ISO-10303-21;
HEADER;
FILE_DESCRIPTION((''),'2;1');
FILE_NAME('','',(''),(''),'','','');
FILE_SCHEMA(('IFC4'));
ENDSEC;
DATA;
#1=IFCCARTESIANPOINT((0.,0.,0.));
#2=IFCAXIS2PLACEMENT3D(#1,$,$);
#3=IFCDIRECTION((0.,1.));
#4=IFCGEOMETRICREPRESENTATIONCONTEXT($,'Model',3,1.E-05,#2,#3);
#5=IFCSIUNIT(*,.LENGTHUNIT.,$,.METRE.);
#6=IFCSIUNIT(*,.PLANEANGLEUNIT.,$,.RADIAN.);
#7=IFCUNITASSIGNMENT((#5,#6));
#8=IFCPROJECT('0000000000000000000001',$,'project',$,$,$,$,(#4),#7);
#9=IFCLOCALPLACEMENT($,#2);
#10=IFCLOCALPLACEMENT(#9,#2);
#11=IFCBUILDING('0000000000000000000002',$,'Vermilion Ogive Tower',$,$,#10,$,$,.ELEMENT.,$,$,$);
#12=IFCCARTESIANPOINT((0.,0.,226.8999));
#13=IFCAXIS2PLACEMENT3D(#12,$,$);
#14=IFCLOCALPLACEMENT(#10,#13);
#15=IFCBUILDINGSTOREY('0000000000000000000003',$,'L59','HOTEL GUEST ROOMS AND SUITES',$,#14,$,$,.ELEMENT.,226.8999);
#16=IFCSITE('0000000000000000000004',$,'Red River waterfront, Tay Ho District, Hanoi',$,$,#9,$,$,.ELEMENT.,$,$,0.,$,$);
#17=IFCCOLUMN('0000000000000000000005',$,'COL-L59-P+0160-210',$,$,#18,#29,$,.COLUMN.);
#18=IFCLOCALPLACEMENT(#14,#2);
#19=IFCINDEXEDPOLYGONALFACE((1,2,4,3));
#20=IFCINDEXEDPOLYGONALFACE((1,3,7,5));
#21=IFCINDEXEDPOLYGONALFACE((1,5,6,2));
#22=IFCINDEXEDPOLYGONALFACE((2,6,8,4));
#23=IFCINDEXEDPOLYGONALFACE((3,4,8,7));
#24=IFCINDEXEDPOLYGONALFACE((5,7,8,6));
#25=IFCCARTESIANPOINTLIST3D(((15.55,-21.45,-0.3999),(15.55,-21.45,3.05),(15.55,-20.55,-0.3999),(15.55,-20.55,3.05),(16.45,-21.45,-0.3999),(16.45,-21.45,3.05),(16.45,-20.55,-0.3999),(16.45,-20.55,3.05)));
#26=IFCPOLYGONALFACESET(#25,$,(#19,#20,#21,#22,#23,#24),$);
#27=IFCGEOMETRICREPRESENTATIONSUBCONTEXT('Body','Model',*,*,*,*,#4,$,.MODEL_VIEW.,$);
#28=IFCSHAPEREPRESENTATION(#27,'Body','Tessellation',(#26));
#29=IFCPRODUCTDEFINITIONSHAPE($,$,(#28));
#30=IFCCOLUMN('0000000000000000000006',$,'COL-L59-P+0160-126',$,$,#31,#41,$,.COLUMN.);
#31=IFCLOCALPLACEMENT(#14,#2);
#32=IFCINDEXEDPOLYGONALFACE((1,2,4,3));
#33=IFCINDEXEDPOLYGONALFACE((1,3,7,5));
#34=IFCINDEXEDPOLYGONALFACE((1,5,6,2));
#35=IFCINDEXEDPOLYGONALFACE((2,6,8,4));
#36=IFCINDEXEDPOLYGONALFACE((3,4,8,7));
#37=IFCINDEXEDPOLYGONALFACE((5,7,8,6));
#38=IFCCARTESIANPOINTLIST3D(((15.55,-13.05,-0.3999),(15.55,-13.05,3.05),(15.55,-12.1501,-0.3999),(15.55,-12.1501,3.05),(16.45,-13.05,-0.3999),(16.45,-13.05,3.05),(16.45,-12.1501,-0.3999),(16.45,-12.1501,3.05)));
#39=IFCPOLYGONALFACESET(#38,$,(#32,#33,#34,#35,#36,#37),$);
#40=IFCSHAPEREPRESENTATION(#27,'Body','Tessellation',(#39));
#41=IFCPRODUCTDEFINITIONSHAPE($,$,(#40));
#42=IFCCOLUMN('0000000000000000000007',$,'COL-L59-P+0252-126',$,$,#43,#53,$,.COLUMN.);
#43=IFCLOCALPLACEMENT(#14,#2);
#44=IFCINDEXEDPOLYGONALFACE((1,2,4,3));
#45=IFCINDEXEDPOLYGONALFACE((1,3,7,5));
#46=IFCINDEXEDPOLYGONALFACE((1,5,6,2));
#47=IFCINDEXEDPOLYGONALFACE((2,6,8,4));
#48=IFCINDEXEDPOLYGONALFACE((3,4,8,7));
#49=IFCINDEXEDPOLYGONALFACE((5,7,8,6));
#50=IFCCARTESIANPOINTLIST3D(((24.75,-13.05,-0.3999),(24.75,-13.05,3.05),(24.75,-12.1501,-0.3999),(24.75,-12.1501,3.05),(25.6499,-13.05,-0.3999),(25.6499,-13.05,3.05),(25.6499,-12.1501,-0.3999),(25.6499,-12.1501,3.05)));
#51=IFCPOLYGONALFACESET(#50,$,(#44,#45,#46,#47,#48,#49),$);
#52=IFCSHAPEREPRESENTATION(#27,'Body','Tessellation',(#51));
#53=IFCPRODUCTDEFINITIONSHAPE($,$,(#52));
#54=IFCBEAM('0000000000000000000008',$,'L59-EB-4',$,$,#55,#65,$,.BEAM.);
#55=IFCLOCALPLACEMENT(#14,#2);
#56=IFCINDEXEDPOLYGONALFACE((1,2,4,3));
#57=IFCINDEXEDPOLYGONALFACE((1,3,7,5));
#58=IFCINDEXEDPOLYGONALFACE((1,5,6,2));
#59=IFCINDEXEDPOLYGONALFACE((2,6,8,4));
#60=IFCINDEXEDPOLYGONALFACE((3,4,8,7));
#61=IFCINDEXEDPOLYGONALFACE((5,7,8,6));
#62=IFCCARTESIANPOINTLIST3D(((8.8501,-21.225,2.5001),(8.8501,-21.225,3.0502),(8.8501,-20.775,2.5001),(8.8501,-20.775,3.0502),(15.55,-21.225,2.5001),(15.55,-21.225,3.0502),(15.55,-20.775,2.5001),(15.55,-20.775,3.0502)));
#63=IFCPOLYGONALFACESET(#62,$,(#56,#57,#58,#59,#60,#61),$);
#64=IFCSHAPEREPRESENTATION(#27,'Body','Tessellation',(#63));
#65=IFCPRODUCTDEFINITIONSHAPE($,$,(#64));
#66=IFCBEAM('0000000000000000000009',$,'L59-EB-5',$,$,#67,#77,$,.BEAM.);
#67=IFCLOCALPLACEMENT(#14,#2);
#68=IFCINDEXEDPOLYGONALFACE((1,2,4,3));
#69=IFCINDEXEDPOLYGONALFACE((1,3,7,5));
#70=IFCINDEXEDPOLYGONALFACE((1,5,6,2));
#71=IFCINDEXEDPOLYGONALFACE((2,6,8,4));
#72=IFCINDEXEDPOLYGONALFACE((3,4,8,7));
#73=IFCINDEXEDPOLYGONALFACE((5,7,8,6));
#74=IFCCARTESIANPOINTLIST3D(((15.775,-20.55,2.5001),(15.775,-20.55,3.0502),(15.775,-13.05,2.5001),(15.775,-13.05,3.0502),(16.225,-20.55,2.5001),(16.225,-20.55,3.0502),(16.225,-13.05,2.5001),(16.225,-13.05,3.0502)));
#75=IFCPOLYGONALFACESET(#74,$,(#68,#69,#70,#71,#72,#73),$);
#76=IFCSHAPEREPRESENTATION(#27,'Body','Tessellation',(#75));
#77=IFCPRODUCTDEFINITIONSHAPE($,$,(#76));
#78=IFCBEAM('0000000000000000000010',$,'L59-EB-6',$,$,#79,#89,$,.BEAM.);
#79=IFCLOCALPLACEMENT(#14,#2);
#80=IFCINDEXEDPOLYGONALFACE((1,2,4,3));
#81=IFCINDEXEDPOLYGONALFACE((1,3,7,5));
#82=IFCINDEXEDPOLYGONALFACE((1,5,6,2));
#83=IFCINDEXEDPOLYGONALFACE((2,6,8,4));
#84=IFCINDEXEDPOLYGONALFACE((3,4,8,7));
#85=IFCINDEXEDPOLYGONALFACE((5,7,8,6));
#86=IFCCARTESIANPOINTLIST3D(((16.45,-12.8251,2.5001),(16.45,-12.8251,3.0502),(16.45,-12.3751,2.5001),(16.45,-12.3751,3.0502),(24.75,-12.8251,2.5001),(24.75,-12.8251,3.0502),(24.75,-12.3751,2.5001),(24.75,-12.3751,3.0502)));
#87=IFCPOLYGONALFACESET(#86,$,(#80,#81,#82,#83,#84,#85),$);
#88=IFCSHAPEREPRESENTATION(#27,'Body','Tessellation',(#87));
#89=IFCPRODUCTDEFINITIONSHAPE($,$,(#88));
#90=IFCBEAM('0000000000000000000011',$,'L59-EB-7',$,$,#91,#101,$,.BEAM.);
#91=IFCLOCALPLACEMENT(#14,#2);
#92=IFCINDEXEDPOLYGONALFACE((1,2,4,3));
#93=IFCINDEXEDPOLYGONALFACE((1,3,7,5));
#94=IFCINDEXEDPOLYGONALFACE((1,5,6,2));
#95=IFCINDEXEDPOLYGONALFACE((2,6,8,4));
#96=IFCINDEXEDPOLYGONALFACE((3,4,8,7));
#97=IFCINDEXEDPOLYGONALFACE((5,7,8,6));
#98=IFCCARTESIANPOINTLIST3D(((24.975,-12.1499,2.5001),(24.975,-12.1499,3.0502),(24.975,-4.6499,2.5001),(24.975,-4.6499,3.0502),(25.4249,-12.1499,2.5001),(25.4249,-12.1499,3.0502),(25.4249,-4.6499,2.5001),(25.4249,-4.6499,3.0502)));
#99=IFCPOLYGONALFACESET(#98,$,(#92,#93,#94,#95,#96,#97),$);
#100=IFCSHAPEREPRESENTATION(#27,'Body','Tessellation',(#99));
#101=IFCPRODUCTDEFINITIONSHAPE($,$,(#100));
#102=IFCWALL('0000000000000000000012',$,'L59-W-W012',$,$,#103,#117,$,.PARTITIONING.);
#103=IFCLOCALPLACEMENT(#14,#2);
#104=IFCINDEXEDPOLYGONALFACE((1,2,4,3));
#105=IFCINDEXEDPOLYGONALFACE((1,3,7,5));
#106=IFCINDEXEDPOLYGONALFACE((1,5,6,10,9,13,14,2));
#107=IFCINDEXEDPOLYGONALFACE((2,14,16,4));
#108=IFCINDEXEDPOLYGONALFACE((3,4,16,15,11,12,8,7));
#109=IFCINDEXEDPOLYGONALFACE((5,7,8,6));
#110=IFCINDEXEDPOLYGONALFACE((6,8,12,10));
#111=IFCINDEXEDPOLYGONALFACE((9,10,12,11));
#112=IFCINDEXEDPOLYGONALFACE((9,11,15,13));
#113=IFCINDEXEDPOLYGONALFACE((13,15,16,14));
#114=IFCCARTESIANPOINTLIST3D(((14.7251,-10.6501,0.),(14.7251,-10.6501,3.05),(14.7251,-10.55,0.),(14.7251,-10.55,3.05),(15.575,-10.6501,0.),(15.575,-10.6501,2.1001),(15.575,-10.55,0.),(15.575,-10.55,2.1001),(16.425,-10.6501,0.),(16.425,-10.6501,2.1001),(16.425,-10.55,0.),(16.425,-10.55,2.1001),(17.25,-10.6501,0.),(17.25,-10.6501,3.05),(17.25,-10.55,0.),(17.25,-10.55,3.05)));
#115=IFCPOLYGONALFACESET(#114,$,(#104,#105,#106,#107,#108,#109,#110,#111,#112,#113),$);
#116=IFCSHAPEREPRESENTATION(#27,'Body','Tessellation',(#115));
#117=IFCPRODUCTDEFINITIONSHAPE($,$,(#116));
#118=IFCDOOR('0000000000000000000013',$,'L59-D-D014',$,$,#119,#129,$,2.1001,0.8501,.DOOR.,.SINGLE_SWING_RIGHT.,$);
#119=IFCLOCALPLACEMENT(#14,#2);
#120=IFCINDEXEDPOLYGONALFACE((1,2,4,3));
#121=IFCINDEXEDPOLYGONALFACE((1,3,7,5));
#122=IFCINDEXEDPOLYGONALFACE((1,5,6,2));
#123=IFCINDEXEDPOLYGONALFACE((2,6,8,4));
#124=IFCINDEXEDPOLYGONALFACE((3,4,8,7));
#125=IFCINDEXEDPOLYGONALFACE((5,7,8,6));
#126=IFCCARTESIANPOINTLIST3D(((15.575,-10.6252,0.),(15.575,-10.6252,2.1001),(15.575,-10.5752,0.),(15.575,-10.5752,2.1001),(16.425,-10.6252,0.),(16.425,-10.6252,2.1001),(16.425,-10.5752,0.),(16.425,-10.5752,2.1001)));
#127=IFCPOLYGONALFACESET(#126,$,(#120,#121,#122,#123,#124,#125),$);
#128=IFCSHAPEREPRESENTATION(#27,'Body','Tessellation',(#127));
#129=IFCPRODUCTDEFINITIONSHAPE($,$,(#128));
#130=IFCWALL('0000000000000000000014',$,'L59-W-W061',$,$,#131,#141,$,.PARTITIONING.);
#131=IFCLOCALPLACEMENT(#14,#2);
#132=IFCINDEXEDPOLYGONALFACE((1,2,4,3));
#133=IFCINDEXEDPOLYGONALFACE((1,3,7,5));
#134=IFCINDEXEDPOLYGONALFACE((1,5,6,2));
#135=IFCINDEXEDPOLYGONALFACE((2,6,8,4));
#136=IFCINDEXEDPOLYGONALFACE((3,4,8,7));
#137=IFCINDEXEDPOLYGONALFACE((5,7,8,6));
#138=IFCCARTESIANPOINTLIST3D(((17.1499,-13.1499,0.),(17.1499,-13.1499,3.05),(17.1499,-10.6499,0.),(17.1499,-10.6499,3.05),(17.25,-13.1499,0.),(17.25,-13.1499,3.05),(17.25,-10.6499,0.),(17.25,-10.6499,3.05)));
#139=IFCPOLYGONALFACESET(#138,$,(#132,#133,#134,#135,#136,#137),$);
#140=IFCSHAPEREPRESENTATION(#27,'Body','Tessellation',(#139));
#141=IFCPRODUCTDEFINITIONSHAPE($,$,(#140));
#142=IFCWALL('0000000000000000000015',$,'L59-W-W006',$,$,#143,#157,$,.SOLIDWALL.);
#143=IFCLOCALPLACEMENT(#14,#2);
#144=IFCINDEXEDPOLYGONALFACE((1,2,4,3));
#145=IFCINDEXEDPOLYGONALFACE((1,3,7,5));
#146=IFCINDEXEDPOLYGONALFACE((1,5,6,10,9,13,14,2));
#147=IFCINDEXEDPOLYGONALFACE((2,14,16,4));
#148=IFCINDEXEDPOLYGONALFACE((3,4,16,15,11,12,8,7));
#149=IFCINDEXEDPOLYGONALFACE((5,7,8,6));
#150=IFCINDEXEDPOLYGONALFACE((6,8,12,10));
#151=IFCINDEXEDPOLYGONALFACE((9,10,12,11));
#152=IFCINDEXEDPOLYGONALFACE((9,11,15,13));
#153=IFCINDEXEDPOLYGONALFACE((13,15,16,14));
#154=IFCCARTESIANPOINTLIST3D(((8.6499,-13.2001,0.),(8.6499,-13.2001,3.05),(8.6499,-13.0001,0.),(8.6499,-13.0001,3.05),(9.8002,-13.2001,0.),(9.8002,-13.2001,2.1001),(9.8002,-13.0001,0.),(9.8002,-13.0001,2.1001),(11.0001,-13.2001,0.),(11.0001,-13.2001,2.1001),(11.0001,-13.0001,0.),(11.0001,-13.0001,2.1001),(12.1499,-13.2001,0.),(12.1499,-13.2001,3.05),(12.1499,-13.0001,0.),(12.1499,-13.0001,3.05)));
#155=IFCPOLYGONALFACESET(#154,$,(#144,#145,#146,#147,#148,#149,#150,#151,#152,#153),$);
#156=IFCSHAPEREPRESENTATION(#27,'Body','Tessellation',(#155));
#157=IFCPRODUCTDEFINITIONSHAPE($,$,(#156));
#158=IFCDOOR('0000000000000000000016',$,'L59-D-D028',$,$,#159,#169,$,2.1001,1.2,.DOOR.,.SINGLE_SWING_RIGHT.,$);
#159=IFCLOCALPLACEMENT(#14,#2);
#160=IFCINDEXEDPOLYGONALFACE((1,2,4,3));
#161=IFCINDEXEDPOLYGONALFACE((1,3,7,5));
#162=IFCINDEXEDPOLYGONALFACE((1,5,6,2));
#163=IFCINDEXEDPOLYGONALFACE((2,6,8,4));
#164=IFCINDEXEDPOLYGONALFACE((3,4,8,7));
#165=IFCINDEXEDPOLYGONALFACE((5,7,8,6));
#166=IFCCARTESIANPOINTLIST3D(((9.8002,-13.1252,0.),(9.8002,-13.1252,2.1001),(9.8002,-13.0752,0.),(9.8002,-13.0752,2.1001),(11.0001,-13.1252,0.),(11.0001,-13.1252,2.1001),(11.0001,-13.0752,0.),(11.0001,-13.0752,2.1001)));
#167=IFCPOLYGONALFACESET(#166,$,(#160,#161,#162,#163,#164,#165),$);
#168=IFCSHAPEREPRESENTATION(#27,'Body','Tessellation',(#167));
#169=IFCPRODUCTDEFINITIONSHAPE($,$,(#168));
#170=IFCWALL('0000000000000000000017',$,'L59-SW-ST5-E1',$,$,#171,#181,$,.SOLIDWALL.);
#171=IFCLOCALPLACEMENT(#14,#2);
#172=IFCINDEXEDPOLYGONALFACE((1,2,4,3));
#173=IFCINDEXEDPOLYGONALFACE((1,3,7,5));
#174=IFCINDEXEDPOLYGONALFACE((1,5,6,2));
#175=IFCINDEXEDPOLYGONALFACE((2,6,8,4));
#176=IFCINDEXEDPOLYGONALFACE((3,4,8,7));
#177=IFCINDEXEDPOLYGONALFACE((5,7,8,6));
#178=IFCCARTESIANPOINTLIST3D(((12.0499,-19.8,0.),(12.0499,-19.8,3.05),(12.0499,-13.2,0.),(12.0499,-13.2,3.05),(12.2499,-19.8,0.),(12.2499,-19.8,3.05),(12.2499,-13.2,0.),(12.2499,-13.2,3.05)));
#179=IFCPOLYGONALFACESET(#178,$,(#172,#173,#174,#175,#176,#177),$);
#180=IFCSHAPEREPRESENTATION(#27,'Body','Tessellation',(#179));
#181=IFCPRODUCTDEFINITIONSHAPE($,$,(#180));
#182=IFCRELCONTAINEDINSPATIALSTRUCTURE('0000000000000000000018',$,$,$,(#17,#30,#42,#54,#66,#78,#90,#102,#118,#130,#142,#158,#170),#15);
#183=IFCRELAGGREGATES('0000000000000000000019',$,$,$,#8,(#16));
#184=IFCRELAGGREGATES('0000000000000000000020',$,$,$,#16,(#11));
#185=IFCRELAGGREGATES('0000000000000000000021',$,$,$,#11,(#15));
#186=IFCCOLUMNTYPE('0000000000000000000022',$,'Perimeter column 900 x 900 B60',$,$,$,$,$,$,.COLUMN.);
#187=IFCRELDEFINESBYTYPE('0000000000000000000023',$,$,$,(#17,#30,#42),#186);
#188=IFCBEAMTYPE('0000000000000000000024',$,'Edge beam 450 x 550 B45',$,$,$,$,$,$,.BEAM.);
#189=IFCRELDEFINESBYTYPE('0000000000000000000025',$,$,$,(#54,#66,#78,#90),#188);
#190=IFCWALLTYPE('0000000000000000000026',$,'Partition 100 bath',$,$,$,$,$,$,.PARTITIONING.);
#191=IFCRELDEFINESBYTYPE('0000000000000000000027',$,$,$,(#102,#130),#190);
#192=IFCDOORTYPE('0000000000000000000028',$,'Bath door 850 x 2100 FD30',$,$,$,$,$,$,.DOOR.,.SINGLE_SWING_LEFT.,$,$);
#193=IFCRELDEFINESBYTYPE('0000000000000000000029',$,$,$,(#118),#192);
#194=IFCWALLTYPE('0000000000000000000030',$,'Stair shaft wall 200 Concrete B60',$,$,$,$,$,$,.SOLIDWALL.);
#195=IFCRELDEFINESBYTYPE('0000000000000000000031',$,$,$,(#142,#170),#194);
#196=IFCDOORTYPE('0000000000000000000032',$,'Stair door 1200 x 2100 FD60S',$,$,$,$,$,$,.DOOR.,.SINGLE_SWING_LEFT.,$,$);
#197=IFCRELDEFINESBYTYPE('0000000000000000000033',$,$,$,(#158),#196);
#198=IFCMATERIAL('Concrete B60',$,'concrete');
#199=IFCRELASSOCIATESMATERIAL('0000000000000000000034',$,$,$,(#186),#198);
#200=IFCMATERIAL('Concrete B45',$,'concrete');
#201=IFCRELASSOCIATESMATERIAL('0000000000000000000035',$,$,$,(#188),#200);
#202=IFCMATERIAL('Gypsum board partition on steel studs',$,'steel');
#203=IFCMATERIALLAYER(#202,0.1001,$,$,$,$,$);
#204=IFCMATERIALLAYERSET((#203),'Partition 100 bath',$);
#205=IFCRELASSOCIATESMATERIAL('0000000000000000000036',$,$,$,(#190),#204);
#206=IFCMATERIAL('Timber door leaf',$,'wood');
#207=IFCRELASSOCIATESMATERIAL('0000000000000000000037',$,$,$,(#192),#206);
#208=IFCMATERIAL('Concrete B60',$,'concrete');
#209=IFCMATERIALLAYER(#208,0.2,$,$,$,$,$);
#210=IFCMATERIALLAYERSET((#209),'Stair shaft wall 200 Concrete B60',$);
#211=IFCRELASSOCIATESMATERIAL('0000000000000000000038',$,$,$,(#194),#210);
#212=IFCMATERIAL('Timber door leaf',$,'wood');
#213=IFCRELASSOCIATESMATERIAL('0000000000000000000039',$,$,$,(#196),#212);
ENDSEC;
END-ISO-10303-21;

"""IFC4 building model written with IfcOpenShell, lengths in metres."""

from ifc_helpers import new_model, si_unit, direction, frame, frame_2d, origin, origin_2d, place, context, subcontext, project, spatial, rectangle, extrude, material, layer, layer_set, material_profile, profile_set, type_object, element, fill, save


model = new_model("IFC4")

# Units and contexts
model_context = context("Model", 3, precision=1e-05, world=origin(), true_north=direction((0.0, 1.0)))
body_context = subcontext(model_context, "Body", "Model", "MODEL_VIEW")
ifc_project = project(units=[si_unit("LENGTHUNIT", "METRE"), si_unit("PLANEANGLEUNIT", "RADIAN")], contexts=[model_context])

# Site, building, storey
site_placement = place(None, origin())
site = spatial("IfcSite", under=ifc_project, at=site_placement, Name="Red River waterfront, Tay Ho District, Hanoi", CompositionType="ELEMENT", RefElevation=0.0)
building_placement = place(site_placement, origin())
building = spatial("IfcBuilding", under=site, at=building_placement, Name="Vermilion Ogive Tower", CompositionType="ELEMENT")
storey_placement = place(building_placement, frame((0.0, 0.0, 226.8999)))
storey = spatial("IfcBuildingStorey", under=building, at=storey_placement, Name="L59", Description="HOTEL GUEST ROOMS AND SUITES", CompositionType="ELEMENT", Elevation=226.8999)

# Columns
ifc_material_1 = material(Name="Concrete B60", Category="concrete")
ifc_material_profile_1 = material_profile(ifc_material_1, rectangle(XDim=0.8999, YDim=0.8999, at=origin_2d()), Name="900 x 900")
ifc_profile_set_1 = profile_set([ifc_material_profile_1], Name="Concrete B60")
column_type = type_object("IfcColumnType", Name="Perimeter column 900 x 900 B60", PredefinedType="COLUMN", material=ifc_profile_set_1)
for number, where, z_axis, x_axis, name in (
    (1, (16.0, -21.0, -0.3999), (0.0, 0.0, 1.0), (1.0, 0.0, 0.0), "COL-L59-P+0160-210"),
    (2, (16.0, -12.6001, -0.3999), (0.0, 0.0, 1.0), (1.0, 0.0, 0.0), "COL-L59-P+0160-126"),
    (3, (25.2, -12.6001, -0.3999), (0.0, 0.0, 1.0), (1.0, 0.0, 0.0), "COL-L59-P+0252-126"),
):
    element("IfcColumn", number, at=place(storey_placement, frame(where, z_axis=z_axis, x_axis=x_axis)), inside=storey, type_object=column_type, Name=name, PredefinedType="COLUMN", context=body_context, shape_type="SweptSolid", body=[
        extrude(rectangle(XDim=0.8999, YDim=0.8999, at=origin_2d()), origin(), (0.0, 0.0, 1.0), 3.45),
    ])

# Beams
ifc_material_2 = material(Name="Concrete B45", Category="concrete")
ifc_material_profile_2 = material_profile(ifc_material_2, rectangle(XDim=0.45, YDim=0.55, at=origin_2d()), Name="450 x 550")
ifc_profile_set_2 = profile_set([ifc_material_profile_2], Name="Concrete B45")
beam_type = type_object("IfcBeamType", Name="Edge beam 450 x 550 B45", PredefinedType="BEAM", material=ifc_profile_set_2)
beam_1_placement = place(storey_placement, frame((8.8501, -21.0, 2.7751), z_axis=(1.0, 0.0, 0.0), x_axis=(0.0, 1.0, 0.0)))
element("IfcBeam", 4, at=beam_1_placement, inside=storey, type_object=beam_type, Name="L59-EB-4", PredefinedType="BEAM", context=body_context, shape_type="SweptSolid", body=[
    extrude(rectangle(XDim=0.45, YDim=0.55, at=origin_2d()), origin(), (0.0, 0.0, 1.0), 6.7),
])
beam_2_placement = place(storey_placement, frame((16.0, -20.55, 2.7751), z_axis=(0.0, 1.0, 0.0), x_axis=(-1.0, 0.0, 0.0)))
element("IfcBeam", 5, at=beam_2_placement, inside=storey, type_object=beam_type, Name="L59-EB-5", PredefinedType="BEAM", context=body_context, shape_type="SweptSolid", body=[
    extrude(rectangle(XDim=0.45, YDim=0.55, at=origin_2d()), origin(), (0.0, 0.0, 1.0), 7.5),
])
beam_3_placement = place(storey_placement, frame((16.45, -12.6001, 2.7751), z_axis=(1.0, 0.0, 0.0), x_axis=(0.0, 1.0, 0.0)))
element("IfcBeam", 6, at=beam_3_placement, inside=storey, type_object=beam_type, Name="L59-EB-6", PredefinedType="BEAM", context=body_context, shape_type="SweptSolid", body=[
    extrude(rectangle(XDim=0.45, YDim=0.55, at=origin_2d()), origin(), (0.0, 0.0, 1.0), 8.3),
])
beam_4_placement = place(storey_placement, frame((25.2, -12.1499, 2.7751), z_axis=(0.0, 1.0, 0.0), x_axis=(-1.0, 0.0, 0.0)))
element("IfcBeam", 7, at=beam_4_placement, inside=storey, type_object=beam_type, Name="L59-EB-7", PredefinedType="BEAM", context=body_context, shape_type="SweptSolid", body=[
    extrude(rectangle(XDim=0.45, YDim=0.55, at=origin_2d()), origin(), (0.0, 0.0, 1.0), 7.5),
])

# Wall, opening, door
ifc_material_3 = material(Name="Gypsum board partition on steel studs", Category="steel")
ifc_layer_1 = layer(ifc_material_3, 0.1001)
ifc_layer_set_1 = layer_set([ifc_layer_1], Name="Partition 100 bath")
wall_type_1 = type_object("IfcWallType", Name="Partition 100 bath", PredefinedType="PARTITIONING", material=ifc_layer_set_1)
wall_1_placement = place(storey_placement, frame((14.7251, -10.6001, 0.0), z_axis=(0.0, 0.0, 1.0), x_axis=(1.0, 0.0, 0.0)))
wall_1 = element("IfcWall", 8, at=wall_1_placement, inside=storey, type_object=wall_type_1, Name="L59-W-W012", PredefinedType="PARTITIONING", context=body_context, shape_type="SweptSolid", body=[
    extrude(rectangle(XDim=2.5249, YDim=0.1001, at=frame_2d((1.2625, 0.0))), origin(), (0.0, 0.0, 1.0), 3.05),
])
opening_1_placement = place(wall_1_placement, frame((0.8499, 0.0, 0.0)))
opening_1 = element("IfcOpeningElement", 9, at=opening_1_placement, cuts=wall_1, PredefinedType="OPENING", context=body_context, shape_type="SweptSolid", body=[
    extrude(rectangle(XDim=0.8501, YDim=2.1001, at=frame_2d((0.425, 1.05))), frame((0.0, 0.0601, 0.0), z_axis=(0.0, -1.0, 0.0), x_axis=(1.0, 0.0, 0.0)), (0.0, 0.0, 1.0), 0.1201),
])
ifc_material_4 = material(Name="Timber door leaf", Category="wood")
door_type_1 = type_object("IfcDoorType", Name="Bath door 850 x 2100 FD30", OperationType="SINGLE_SWING_LEFT", PredefinedType="DOOR", material=ifc_material_4)
door_1_placement = place(opening_1_placement, origin())
door_1 = element("IfcDoor", 10, at=door_1_placement, inside=storey, type_object=door_type_1, Name="L59-D-D014", OperationType="SINGLE_SWING_RIGHT", OverallHeight=2.1001, OverallWidth=0.8501, PredefinedType="DOOR", context=body_context, shape_type="SweptSolid", body=[
    extrude(rectangle(XDim=0.8501, YDim=2.1001, at=frame_2d((0.425, 1.05))), frame((0.0, 0.0249, 0.0), z_axis=(0.0, -1.0, 0.0), x_axis=(1.0, 0.0, 0.0)), (0.0, 0.0, 1.0), 0.05),
])
fill(opening_1, door_1)

# Wall
wall_2_placement = place(storey_placement, frame((17.2, -13.1499, 0.0), z_axis=(0.0, 0.0, 1.0), x_axis=(0.0, 1.0, 0.0)))
element("IfcWall", 11, at=wall_2_placement, inside=storey, type_object=wall_type_1, Name="L59-W-W061", PredefinedType="PARTITIONING", context=body_context, shape_type="SweptSolid", body=[
    extrude(rectangle(XDim=2.5, YDim=0.1001, at=frame_2d((1.25, 0.0))), origin(), (0.0, 0.0, 1.0), 3.05),
])

# Wall, opening, door
ifc_material_5 = material(Name="Concrete B60", Category="concrete")
ifc_layer_2 = layer(ifc_material_5, 0.2)
ifc_layer_set_2 = layer_set([ifc_layer_2], Name="Stair shaft wall 200 Concrete B60")
wall_type_2 = type_object("IfcWallType", Name="Stair shaft wall 200 Concrete B60", PredefinedType="SOLIDWALL", material=ifc_layer_set_2)
wall_3_placement = place(storey_placement, frame((8.6499, -13.1001, 0.0), z_axis=(0.0, 0.0, 1.0), x_axis=(1.0, 0.0, 0.0)))
wall_3 = element("IfcWall", 12, at=wall_3_placement, inside=storey, type_object=wall_type_2, Name="L59-W-W006", PredefinedType="SOLIDWALL", context=body_context, shape_type="SweptSolid", body=[
    extrude(rectangle(XDim=3.5, YDim=0.2, at=frame_2d((1.75, 0.0))), origin(), (0.0, 0.0, 1.0), 3.05),
])
opening_2_placement = place(wall_3_placement, frame((1.1501, 0.0, 0.0)))
opening_2 = element("IfcOpeningElement", 13, at=opening_2_placement, cuts=wall_3, PredefinedType="OPENING", context=body_context, shape_type="SweptSolid", body=[
    extrude(rectangle(XDim=1.2, YDim=2.1001, at=frame_2d((0.6001, 1.05))), frame((0.0, 0.1099, 0.0), z_axis=(0.0, -1.0, 0.0), x_axis=(1.0, 0.0, 0.0)), (0.0, 0.0, 1.0), 0.22),
])
ifc_material_6 = material(Name="Timber door leaf", Category="wood")
door_type_2 = type_object("IfcDoorType", Name="Stair door 1200 x 2100 FD60S", OperationType="SINGLE_SWING_LEFT", PredefinedType="DOOR", material=ifc_material_6)
door_2_placement = place(opening_2_placement, origin())
door_2 = element("IfcDoor", 14, at=door_2_placement, inside=storey, type_object=door_type_2, Name="L59-D-D028", OperationType="SINGLE_SWING_RIGHT", OverallHeight=2.1001, OverallWidth=1.2, PredefinedType="DOOR", context=body_context, shape_type="SweptSolid", body=[
    extrude(rectangle(XDim=1.2, YDim=2.1001, at=frame_2d((0.6001, 1.05))), frame((0.0, 0.0249, 0.0), z_axis=(0.0, -1.0, 0.0), x_axis=(1.0, 0.0, 0.0)), (0.0, 0.0, 1.0), 0.05),
])
fill(opening_2, door_2)

# Wall
wall_4_placement = place(storey_placement, frame((12.1499, -19.8, 0.0), z_axis=(0.0, 0.0, 1.0), x_axis=(0.0, 1.0, 0.0)))
element("IfcWall", 15, at=wall_4_placement, inside=storey, type_object=wall_type_2, Name="L59-SW-ST5-E1", PredefinedType="SOLIDWALL", context=body_context, shape_type="SweptSolid", body=[
    extrude(rectangle(XDim=6.6001, YDim=0.2, at=frame_2d((3.3, 0.0))), origin(), (0.0, 0.0, 1.0), 3.05),
])

save(model, "model.ifc")
